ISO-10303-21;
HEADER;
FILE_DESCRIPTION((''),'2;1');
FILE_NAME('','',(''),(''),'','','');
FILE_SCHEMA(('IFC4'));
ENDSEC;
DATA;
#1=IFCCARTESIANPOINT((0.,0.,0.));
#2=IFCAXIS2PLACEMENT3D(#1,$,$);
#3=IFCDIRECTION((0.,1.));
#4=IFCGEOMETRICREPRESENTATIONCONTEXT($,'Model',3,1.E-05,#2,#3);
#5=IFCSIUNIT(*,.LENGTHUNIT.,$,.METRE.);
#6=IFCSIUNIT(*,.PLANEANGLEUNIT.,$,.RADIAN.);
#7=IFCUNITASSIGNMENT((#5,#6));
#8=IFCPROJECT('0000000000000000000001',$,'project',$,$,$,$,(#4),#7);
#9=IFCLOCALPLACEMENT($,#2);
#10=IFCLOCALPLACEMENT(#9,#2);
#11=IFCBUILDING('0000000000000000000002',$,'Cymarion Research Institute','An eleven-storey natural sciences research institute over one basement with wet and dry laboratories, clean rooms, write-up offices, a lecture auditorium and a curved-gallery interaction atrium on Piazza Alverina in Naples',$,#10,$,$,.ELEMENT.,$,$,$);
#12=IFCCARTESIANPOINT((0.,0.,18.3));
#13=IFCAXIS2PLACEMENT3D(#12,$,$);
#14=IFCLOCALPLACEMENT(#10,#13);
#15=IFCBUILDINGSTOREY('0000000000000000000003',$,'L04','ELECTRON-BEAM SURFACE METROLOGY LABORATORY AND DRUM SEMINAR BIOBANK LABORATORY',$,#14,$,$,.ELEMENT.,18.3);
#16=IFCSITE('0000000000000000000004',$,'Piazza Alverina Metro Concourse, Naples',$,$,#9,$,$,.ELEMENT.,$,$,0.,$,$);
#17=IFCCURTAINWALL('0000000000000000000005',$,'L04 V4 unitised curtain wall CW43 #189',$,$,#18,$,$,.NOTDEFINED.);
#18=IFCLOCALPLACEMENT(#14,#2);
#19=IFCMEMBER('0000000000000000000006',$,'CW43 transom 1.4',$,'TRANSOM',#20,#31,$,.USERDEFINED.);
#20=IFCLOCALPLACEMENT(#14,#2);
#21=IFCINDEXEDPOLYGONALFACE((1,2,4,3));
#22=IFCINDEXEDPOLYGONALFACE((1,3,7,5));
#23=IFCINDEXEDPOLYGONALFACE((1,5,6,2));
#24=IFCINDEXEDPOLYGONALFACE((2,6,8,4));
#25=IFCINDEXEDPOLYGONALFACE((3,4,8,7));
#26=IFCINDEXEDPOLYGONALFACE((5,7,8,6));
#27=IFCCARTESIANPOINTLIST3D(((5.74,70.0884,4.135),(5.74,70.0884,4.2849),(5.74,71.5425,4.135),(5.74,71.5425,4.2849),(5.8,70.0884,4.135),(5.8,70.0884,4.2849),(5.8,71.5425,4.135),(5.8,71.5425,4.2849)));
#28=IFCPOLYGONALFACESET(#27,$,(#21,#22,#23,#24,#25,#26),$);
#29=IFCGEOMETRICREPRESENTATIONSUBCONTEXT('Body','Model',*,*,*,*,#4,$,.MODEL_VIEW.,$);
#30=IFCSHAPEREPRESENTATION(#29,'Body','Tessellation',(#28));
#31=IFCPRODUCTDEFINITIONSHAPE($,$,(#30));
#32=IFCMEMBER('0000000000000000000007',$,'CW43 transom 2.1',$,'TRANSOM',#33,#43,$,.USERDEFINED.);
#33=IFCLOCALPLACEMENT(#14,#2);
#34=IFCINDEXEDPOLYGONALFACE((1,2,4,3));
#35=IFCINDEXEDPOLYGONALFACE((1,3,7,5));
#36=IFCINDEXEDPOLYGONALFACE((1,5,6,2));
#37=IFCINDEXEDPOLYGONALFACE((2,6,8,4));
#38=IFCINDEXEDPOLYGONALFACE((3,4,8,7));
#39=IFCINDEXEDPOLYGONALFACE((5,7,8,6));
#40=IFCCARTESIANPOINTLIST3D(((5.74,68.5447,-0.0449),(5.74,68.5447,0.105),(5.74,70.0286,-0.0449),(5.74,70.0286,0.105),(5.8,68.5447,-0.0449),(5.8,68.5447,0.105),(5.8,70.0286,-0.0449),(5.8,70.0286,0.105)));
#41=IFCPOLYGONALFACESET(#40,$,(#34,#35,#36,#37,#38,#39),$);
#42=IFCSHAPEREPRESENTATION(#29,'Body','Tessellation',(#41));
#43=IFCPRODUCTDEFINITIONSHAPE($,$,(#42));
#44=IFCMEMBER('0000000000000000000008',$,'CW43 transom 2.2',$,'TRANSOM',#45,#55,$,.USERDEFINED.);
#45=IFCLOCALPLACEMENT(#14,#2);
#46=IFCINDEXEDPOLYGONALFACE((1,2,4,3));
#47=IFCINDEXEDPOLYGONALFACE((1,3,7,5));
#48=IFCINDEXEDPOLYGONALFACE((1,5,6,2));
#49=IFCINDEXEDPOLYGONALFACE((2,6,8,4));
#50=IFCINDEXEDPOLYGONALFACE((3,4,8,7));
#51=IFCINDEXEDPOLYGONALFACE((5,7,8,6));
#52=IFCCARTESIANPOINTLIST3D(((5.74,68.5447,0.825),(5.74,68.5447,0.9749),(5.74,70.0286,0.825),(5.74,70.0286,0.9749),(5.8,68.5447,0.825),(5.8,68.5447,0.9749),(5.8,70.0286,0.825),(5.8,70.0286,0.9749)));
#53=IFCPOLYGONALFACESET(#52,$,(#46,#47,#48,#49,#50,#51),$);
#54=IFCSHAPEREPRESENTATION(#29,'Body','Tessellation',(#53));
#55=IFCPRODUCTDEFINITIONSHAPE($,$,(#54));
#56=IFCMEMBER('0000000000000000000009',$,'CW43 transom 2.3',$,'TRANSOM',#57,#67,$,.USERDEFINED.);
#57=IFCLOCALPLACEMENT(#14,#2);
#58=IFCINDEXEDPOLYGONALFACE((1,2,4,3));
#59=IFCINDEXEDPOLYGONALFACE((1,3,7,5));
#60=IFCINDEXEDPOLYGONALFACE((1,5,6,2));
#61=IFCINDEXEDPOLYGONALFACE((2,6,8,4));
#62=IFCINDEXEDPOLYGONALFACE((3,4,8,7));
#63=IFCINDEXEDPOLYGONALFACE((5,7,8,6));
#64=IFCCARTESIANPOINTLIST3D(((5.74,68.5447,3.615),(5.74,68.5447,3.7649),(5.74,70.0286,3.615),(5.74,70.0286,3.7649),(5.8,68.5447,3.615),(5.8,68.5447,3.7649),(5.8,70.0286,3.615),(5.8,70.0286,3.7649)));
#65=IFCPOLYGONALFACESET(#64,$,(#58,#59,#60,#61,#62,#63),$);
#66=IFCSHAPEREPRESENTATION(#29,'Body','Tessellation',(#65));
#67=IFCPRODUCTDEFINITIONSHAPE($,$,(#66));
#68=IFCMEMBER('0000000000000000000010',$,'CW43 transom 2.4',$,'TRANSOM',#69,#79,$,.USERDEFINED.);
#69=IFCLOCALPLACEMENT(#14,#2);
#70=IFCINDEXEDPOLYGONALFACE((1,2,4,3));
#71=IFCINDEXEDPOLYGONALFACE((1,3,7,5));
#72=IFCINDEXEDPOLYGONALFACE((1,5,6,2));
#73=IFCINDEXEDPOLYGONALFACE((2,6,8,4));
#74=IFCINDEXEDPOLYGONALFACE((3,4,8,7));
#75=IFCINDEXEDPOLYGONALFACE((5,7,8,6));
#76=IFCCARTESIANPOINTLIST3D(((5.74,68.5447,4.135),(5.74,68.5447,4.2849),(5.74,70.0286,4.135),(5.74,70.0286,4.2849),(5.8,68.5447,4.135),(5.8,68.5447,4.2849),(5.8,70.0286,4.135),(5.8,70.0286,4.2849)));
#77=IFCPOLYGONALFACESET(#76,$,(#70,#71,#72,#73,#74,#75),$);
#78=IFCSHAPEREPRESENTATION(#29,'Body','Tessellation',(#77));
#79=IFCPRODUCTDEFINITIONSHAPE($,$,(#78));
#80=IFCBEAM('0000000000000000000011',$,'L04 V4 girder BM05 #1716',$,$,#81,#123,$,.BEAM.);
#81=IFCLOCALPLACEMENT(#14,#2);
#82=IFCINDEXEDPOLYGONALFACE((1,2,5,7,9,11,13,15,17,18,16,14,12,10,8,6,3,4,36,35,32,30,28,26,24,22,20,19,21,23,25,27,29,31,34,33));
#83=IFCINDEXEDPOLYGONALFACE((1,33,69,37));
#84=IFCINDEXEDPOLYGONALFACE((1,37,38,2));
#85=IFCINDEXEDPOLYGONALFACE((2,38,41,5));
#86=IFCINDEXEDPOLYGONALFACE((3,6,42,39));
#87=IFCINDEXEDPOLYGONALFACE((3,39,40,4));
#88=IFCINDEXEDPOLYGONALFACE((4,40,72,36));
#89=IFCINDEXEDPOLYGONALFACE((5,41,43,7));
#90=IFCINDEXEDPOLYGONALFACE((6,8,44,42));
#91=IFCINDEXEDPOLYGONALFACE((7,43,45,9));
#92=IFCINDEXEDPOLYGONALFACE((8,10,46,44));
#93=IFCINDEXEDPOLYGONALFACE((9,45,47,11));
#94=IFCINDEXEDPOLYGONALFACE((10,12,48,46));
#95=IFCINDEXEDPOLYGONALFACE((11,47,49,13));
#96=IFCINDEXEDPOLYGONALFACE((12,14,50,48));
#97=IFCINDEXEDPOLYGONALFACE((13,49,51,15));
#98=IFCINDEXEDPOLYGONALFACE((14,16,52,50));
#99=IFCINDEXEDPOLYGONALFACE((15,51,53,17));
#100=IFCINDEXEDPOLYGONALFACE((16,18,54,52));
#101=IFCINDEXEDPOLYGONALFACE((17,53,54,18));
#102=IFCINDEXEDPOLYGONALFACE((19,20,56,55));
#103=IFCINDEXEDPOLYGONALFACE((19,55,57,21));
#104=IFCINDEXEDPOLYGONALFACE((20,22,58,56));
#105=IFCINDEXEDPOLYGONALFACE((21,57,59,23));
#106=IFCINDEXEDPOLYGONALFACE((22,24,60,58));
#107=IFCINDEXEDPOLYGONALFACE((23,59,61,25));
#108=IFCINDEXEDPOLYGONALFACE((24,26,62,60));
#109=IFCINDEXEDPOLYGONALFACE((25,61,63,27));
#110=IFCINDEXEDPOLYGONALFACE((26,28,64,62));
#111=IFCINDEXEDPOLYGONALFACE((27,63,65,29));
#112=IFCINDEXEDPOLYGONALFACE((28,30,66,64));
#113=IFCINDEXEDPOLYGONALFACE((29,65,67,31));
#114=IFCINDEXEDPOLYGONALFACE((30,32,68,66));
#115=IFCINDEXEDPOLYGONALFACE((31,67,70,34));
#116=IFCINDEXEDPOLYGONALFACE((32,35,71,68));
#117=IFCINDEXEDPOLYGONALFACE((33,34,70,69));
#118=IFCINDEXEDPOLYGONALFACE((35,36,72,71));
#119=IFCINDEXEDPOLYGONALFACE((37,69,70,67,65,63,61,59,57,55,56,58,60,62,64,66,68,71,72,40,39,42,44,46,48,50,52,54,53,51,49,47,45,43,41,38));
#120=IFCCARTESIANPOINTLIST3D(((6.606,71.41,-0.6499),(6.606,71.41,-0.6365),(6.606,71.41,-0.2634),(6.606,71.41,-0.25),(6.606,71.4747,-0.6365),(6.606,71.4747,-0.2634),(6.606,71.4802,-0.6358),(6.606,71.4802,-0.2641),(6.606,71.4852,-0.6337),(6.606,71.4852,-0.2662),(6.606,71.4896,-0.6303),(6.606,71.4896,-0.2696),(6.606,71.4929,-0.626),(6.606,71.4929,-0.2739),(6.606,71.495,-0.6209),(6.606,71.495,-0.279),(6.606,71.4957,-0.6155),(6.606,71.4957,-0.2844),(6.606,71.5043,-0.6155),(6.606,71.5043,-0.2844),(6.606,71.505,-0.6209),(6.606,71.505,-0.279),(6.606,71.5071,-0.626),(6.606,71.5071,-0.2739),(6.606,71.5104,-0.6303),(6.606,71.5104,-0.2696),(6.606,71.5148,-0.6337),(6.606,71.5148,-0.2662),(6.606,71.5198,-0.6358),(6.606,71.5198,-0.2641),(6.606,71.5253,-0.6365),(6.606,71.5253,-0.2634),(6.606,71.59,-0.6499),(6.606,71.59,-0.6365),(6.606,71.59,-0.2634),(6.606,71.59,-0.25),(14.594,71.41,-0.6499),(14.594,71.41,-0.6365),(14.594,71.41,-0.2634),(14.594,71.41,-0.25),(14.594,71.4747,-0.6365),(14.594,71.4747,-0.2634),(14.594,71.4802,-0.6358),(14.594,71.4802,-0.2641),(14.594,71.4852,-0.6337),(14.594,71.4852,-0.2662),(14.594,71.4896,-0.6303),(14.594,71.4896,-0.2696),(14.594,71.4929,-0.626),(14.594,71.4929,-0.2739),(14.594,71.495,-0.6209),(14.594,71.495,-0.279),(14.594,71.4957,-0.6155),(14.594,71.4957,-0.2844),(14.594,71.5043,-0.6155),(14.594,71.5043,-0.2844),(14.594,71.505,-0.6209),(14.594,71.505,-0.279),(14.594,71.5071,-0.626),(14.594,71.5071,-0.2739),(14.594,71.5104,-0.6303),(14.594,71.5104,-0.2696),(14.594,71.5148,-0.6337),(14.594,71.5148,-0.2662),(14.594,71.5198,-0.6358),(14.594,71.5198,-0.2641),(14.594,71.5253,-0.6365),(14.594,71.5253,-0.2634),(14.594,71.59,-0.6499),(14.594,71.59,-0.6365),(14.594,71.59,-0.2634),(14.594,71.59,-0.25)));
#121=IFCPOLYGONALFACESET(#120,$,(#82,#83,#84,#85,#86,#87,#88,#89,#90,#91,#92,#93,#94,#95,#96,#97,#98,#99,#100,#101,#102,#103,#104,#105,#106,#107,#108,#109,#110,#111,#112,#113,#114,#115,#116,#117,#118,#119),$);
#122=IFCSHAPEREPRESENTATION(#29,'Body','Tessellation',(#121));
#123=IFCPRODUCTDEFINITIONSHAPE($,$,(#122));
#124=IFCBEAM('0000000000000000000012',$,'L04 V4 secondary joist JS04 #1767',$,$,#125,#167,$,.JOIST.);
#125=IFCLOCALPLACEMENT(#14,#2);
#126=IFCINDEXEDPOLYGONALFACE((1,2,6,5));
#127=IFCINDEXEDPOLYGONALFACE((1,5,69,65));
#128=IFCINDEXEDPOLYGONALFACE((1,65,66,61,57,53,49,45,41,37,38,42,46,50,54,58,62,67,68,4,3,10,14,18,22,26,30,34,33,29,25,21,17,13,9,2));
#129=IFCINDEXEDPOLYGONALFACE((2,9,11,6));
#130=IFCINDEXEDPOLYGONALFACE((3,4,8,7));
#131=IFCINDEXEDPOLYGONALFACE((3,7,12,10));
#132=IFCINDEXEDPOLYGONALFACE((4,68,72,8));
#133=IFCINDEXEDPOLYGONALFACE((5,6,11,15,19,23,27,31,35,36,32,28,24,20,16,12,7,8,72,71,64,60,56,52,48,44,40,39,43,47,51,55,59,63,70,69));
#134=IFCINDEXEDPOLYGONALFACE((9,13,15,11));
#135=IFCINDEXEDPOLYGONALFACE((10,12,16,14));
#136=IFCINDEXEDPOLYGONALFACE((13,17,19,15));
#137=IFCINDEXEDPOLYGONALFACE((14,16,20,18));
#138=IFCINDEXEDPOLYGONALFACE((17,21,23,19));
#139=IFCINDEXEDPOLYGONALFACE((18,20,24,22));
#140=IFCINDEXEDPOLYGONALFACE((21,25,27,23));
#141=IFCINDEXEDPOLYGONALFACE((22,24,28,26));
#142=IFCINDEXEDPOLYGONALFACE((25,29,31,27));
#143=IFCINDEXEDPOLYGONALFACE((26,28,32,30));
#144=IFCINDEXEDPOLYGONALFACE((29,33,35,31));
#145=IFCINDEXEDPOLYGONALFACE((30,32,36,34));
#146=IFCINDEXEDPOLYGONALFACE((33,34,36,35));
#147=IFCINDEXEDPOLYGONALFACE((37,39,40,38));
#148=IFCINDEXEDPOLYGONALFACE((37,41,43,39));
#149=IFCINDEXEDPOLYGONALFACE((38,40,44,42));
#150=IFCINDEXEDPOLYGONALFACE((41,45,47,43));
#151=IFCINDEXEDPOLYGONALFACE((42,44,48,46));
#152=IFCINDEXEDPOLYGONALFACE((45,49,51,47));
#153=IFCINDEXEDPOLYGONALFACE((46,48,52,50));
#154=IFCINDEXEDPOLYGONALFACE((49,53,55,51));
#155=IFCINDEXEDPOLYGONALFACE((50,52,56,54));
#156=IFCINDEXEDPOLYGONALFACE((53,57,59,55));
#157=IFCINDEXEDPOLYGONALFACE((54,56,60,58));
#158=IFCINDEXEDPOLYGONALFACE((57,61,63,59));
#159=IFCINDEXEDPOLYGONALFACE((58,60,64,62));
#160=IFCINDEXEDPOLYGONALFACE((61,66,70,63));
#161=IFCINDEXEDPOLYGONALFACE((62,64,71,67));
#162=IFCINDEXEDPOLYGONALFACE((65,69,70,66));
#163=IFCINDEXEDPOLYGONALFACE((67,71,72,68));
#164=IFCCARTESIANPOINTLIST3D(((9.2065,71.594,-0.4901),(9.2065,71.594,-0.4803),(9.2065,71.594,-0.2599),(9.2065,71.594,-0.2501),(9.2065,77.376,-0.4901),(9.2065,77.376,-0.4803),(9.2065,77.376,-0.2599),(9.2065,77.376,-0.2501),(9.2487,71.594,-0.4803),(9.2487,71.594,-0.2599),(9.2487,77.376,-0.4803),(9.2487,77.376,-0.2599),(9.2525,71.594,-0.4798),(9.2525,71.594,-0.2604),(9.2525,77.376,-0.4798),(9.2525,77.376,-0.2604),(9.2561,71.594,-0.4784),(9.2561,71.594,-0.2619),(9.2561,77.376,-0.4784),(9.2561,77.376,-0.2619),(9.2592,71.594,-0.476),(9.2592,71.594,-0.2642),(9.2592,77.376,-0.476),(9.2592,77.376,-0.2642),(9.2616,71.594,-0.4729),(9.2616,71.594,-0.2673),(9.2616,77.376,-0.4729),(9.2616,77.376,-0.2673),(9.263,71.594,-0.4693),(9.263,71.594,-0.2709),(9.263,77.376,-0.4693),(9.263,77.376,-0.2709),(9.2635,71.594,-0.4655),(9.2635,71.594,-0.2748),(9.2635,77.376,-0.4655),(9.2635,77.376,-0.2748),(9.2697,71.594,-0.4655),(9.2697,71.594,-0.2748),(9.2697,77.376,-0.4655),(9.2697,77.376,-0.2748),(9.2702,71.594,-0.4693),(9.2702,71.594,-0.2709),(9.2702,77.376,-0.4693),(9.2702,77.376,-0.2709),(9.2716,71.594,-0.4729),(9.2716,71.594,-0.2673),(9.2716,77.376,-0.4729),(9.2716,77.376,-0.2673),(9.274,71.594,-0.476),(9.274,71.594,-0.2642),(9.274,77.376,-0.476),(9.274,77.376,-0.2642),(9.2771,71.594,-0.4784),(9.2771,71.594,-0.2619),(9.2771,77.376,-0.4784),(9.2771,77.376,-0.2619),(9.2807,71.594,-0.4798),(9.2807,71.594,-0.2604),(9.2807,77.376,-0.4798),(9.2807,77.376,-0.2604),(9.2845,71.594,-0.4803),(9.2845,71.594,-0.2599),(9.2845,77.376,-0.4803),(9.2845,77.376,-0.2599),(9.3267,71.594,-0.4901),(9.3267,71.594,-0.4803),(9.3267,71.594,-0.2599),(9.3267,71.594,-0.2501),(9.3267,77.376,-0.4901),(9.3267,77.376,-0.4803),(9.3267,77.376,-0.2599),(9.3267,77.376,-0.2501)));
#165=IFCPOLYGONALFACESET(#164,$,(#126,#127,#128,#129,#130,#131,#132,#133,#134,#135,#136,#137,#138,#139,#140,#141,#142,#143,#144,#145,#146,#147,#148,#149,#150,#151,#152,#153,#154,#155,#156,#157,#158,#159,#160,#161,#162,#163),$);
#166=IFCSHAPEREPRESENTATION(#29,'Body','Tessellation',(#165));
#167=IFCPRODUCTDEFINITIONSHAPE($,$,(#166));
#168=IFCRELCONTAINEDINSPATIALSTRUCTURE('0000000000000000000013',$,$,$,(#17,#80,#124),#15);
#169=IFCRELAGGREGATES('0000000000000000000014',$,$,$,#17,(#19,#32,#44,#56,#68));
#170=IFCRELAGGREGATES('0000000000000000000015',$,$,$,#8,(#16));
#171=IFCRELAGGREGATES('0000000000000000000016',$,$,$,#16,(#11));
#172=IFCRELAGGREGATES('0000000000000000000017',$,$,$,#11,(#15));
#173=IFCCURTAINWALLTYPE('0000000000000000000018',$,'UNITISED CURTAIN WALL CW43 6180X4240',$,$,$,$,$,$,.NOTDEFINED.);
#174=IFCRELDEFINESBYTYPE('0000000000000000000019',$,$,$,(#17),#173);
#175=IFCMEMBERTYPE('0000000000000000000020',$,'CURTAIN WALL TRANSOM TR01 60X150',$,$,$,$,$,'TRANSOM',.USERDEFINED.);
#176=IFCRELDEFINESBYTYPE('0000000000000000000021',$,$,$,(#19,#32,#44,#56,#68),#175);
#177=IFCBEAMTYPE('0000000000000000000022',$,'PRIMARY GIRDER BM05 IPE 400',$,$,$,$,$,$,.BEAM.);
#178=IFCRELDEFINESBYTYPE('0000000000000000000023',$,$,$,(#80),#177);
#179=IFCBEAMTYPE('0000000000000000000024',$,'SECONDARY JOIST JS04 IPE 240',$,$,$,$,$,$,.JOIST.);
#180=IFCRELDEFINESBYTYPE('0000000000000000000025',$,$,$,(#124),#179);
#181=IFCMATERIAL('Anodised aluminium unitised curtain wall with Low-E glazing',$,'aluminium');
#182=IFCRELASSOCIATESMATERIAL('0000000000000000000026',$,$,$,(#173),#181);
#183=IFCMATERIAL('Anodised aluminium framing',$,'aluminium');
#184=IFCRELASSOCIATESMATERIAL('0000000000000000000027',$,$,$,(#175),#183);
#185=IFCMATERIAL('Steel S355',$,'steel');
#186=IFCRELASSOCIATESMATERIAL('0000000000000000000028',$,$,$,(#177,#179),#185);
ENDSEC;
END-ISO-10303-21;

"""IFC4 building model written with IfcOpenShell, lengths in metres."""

from ifc_helpers import new_model, si_unit, direction, frame, origin, origin_2d, place, context, subcontext, project, spatial, rectangle, i_section, extrude, material, material_profile, profile_set, type_object, element, aggregate, save


model = new_model("IFC4")

# Units and contexts
model_context = context("Model", 3, precision=1e-05, world=origin(), true_north=direction((0.0, 1.0)))
body_context = subcontext(model_context, "Body", "Model", "MODEL_VIEW")
ifc_project = project(units=[si_unit("LENGTHUNIT", "METRE"), si_unit("PLANEANGLEUNIT", "RADIAN")], contexts=[model_context])

# Site, building, storey
site_placement = place(None, origin())
site = spatial("IfcSite", under=ifc_project, at=site_placement, Name="Piazza Alverina Metro Concourse, Naples", CompositionType="ELEMENT", RefElevation=0.0)
building_placement = place(site_placement, origin())
building = spatial("IfcBuilding", under=site, at=building_placement, Name="Cymarion Research Institute", Description="An eleven-storey natural sciences research institute over one basement with wet and dry laboratories, clean rooms, write-up offices, a lecture auditorium and a curved-gallery interaction atrium on Piazza Alverina in Naples", CompositionType="ELEMENT")
storey_placement = place(building_placement, frame((0.0, 0.0, 18.3)))
storey = spatial("IfcBuildingStorey", under=building, at=storey_placement, Name="L04", Description="ELECTRON-BEAM SURFACE METROLOGY LABORATORY AND DRUM SEMINAR BIOBANK LABORATORY", CompositionType="ELEMENT", Elevation=18.3)

# Shared definitions
ifc_material_1 = material(Name="Steel S355", Category="steel")

# Curtain wall
ifc_material_2 = material(Name="Anodised aluminium unitised curtain wall with Low-E glazing", Category="aluminium")
curtain_wall_type = type_object("IfcCurtainWallType", Name="UNITISED CURTAIN WALL CW43 6180X4240", PredefinedType="NOTDEFINED", material=ifc_material_2)
ifc_material_3 = material(Name="Anodised aluminium framing", Category="aluminium")
curtain_wall_1_placement = place(storey_placement, origin())
curtain_wall_1 = element("IfcCurtainWall", 1, at=curtain_wall_1_placement, inside=storey, type_object=curtain_wall_type, Name="L04 V4 unitised curtain wall CW43 #189", PredefinedType="NOTDEFINED")

# Members
ifc_material_profile_1 = material_profile(ifc_material_3, rectangle(XDim=0.0601, YDim=0.1499, at=origin_2d()), Name="ALU TRANSOM 60x150")
ifc_profile_set_1 = profile_set([ifc_material_profile_1], Name="Anodised aluminium framing")
member_type_1 = type_object("IfcMemberType", Name="CURTAIN WALL TRANSOM TR01 60X150", ElementType="TRANSOM", PredefinedType="USERDEFINED", material=ifc_profile_set_1)
member_1_placement = place(storey_placement, frame((5.77, 71.5425, 4.21), z_axis=(0.0, -1.0, 0.0), x_axis=(1.0, 0.0, 0.0)))
member_1 = element("IfcMember", 2, at=member_1_placement, type_object=member_type_1, Name="CW43 transom 1.4", ObjectType="TRANSOM", PredefinedType="USERDEFINED", context=body_context, shape_type="SweptSolid", body=[
    extrude(rectangle(XDim=0.0601, YDim=0.1499, at=origin_2d()), origin(), (0.0, 0.0, 1.0), 1.4541),
])
member_2_placement = place(storey_placement, frame((5.77, 70.0286, 0.03), z_axis=(0.0, -1.0, 0.0), x_axis=(1.0, 0.0, 0.0)))
member_2 = element("IfcMember", 3, at=member_2_placement, type_object=member_type_1, Name="CW43 transom 2.1", ObjectType="TRANSOM", PredefinedType="USERDEFINED", context=body_context, shape_type="SweptSolid", body=[
    extrude(rectangle(XDim=0.0601, YDim=0.1499, at=origin_2d()), origin(), (0.0, 0.0, 1.0), 1.4839),
])
member_3_placement = place(storey_placement, frame((5.77, 70.0286, 0.8999), z_axis=(0.0, -1.0, 0.0), x_axis=(1.0, 0.0, 0.0)))
member_3 = element("IfcMember", 4, at=member_3_placement, type_object=member_type_1, Name="CW43 transom 2.2", ObjectType="TRANSOM", PredefinedType="USERDEFINED", context=body_context, shape_type="SweptSolid", body=[
    extrude(rectangle(XDim=0.0601, YDim=0.1499, at=origin_2d()), origin(), (0.0, 0.0, 1.0), 1.4839),
])
member_4_placement = place(storey_placement, frame((5.77, 70.0286, 3.6899), z_axis=(0.0, -1.0, 0.0), x_axis=(1.0, 0.0, 0.0)))
member_4 = element("IfcMember", 5, at=member_4_placement, type_object=member_type_1, Name="CW43 transom 2.3", ObjectType="TRANSOM", PredefinedType="USERDEFINED", context=body_context, shape_type="SweptSolid", body=[
    extrude(rectangle(XDim=0.0601, YDim=0.1499, at=origin_2d()), origin(), (0.0, 0.0, 1.0), 1.4839),
])
member_5_placement = place(storey_placement, frame((5.77, 70.0286, 4.21), z_axis=(0.0, -1.0, 0.0), x_axis=(1.0, 0.0, 0.0)))
member_5 = element("IfcMember", 6, at=member_5_placement, type_object=member_type_1, Name="CW43 transom 2.4", ObjectType="TRANSOM", PredefinedType="USERDEFINED", context=body_context, shape_type="SweptSolid", body=[
    extrude(rectangle(XDim=0.0601, YDim=0.1499, at=origin_2d()), origin(), (0.0, 0.0, 1.0), 1.4839),
])

# Beams
ifc_material_profile_2 = material_profile(ifc_material_1, i_section(OverallWidth=0.1799, OverallDepth=0.3999, WebThickness=0.0085, FlangeThickness=0.0134, FilletRadius=0.021, at=origin_2d()), Name="IPE 400")
ifc_profile_set_2 = profile_set([ifc_material_profile_2], Name="Steel S355")
beam_type_1 = type_object("IfcBeamType", Name="PRIMARY GIRDER BM05 IPE 400", PredefinedType="BEAM", material=ifc_profile_set_2)
beam_1_placement = place(storey_placement, frame((6.606, 71.5, -0.45), z_axis=(1.0, 0.0, 0.0), x_axis=(0.0, 1.0, 0.0)))
element("IfcBeam", 7, at=beam_1_placement, inside=storey, type_object=beam_type_1, Name="L04 V4 girder BM05 #1716", PredefinedType="BEAM", context=body_context, shape_type="SweptSolid", body=[
    extrude(i_section(OverallWidth=0.1799, OverallDepth=0.3999, WebThickness=0.0085, FlangeThickness=0.0134, FilletRadius=0.021, at=origin_2d()), origin(), (0.0, 0.0, 1.0), 7.988),
])
ifc_material_profile_3 = material_profile(ifc_material_1, i_section(OverallWidth=0.1201, OverallDepth=0.24, WebThickness=0.0061, FlangeThickness=0.0098, FilletRadius=0.0149, at=origin_2d()), Name="IPE 240")
ifc_profile_set_3 = profile_set([ifc_material_profile_3], Name="Steel S355")
beam_type_2 = type_object("IfcBeamType", Name="SECONDARY JOIST JS04 IPE 240", PredefinedType="JOIST", material=ifc_profile_set_3)
for number, where, z_axis, x_axis, name in (
    (8, (9.2666, 71.594, -0.3701), (0.0, 1.0, 0.0), (-1.0, 0.0, 0.0), "L04 V4 secondary joist JS04 #1767"),
):
    element("IfcBeam", number, at=place(storey_placement, frame(where, z_axis=z_axis, x_axis=x_axis)), inside=storey, type_object=beam_type_2, Name=name, PredefinedType="JOIST", context=body_context, shape_type="SweptSolid", body=[
        extrude(i_section(OverallWidth=0.1201, OverallDepth=0.24, WebThickness=0.0061, FlangeThickness=0.0098, FilletRadius=0.0149, at=origin_2d()), origin(), (0.0, 0.0, 1.0), 5.782),
    ])

aggregate(curtain_wall_1, [member_1, member_2, member_3, member_4, member_5])

save(model, "model.ifc")
